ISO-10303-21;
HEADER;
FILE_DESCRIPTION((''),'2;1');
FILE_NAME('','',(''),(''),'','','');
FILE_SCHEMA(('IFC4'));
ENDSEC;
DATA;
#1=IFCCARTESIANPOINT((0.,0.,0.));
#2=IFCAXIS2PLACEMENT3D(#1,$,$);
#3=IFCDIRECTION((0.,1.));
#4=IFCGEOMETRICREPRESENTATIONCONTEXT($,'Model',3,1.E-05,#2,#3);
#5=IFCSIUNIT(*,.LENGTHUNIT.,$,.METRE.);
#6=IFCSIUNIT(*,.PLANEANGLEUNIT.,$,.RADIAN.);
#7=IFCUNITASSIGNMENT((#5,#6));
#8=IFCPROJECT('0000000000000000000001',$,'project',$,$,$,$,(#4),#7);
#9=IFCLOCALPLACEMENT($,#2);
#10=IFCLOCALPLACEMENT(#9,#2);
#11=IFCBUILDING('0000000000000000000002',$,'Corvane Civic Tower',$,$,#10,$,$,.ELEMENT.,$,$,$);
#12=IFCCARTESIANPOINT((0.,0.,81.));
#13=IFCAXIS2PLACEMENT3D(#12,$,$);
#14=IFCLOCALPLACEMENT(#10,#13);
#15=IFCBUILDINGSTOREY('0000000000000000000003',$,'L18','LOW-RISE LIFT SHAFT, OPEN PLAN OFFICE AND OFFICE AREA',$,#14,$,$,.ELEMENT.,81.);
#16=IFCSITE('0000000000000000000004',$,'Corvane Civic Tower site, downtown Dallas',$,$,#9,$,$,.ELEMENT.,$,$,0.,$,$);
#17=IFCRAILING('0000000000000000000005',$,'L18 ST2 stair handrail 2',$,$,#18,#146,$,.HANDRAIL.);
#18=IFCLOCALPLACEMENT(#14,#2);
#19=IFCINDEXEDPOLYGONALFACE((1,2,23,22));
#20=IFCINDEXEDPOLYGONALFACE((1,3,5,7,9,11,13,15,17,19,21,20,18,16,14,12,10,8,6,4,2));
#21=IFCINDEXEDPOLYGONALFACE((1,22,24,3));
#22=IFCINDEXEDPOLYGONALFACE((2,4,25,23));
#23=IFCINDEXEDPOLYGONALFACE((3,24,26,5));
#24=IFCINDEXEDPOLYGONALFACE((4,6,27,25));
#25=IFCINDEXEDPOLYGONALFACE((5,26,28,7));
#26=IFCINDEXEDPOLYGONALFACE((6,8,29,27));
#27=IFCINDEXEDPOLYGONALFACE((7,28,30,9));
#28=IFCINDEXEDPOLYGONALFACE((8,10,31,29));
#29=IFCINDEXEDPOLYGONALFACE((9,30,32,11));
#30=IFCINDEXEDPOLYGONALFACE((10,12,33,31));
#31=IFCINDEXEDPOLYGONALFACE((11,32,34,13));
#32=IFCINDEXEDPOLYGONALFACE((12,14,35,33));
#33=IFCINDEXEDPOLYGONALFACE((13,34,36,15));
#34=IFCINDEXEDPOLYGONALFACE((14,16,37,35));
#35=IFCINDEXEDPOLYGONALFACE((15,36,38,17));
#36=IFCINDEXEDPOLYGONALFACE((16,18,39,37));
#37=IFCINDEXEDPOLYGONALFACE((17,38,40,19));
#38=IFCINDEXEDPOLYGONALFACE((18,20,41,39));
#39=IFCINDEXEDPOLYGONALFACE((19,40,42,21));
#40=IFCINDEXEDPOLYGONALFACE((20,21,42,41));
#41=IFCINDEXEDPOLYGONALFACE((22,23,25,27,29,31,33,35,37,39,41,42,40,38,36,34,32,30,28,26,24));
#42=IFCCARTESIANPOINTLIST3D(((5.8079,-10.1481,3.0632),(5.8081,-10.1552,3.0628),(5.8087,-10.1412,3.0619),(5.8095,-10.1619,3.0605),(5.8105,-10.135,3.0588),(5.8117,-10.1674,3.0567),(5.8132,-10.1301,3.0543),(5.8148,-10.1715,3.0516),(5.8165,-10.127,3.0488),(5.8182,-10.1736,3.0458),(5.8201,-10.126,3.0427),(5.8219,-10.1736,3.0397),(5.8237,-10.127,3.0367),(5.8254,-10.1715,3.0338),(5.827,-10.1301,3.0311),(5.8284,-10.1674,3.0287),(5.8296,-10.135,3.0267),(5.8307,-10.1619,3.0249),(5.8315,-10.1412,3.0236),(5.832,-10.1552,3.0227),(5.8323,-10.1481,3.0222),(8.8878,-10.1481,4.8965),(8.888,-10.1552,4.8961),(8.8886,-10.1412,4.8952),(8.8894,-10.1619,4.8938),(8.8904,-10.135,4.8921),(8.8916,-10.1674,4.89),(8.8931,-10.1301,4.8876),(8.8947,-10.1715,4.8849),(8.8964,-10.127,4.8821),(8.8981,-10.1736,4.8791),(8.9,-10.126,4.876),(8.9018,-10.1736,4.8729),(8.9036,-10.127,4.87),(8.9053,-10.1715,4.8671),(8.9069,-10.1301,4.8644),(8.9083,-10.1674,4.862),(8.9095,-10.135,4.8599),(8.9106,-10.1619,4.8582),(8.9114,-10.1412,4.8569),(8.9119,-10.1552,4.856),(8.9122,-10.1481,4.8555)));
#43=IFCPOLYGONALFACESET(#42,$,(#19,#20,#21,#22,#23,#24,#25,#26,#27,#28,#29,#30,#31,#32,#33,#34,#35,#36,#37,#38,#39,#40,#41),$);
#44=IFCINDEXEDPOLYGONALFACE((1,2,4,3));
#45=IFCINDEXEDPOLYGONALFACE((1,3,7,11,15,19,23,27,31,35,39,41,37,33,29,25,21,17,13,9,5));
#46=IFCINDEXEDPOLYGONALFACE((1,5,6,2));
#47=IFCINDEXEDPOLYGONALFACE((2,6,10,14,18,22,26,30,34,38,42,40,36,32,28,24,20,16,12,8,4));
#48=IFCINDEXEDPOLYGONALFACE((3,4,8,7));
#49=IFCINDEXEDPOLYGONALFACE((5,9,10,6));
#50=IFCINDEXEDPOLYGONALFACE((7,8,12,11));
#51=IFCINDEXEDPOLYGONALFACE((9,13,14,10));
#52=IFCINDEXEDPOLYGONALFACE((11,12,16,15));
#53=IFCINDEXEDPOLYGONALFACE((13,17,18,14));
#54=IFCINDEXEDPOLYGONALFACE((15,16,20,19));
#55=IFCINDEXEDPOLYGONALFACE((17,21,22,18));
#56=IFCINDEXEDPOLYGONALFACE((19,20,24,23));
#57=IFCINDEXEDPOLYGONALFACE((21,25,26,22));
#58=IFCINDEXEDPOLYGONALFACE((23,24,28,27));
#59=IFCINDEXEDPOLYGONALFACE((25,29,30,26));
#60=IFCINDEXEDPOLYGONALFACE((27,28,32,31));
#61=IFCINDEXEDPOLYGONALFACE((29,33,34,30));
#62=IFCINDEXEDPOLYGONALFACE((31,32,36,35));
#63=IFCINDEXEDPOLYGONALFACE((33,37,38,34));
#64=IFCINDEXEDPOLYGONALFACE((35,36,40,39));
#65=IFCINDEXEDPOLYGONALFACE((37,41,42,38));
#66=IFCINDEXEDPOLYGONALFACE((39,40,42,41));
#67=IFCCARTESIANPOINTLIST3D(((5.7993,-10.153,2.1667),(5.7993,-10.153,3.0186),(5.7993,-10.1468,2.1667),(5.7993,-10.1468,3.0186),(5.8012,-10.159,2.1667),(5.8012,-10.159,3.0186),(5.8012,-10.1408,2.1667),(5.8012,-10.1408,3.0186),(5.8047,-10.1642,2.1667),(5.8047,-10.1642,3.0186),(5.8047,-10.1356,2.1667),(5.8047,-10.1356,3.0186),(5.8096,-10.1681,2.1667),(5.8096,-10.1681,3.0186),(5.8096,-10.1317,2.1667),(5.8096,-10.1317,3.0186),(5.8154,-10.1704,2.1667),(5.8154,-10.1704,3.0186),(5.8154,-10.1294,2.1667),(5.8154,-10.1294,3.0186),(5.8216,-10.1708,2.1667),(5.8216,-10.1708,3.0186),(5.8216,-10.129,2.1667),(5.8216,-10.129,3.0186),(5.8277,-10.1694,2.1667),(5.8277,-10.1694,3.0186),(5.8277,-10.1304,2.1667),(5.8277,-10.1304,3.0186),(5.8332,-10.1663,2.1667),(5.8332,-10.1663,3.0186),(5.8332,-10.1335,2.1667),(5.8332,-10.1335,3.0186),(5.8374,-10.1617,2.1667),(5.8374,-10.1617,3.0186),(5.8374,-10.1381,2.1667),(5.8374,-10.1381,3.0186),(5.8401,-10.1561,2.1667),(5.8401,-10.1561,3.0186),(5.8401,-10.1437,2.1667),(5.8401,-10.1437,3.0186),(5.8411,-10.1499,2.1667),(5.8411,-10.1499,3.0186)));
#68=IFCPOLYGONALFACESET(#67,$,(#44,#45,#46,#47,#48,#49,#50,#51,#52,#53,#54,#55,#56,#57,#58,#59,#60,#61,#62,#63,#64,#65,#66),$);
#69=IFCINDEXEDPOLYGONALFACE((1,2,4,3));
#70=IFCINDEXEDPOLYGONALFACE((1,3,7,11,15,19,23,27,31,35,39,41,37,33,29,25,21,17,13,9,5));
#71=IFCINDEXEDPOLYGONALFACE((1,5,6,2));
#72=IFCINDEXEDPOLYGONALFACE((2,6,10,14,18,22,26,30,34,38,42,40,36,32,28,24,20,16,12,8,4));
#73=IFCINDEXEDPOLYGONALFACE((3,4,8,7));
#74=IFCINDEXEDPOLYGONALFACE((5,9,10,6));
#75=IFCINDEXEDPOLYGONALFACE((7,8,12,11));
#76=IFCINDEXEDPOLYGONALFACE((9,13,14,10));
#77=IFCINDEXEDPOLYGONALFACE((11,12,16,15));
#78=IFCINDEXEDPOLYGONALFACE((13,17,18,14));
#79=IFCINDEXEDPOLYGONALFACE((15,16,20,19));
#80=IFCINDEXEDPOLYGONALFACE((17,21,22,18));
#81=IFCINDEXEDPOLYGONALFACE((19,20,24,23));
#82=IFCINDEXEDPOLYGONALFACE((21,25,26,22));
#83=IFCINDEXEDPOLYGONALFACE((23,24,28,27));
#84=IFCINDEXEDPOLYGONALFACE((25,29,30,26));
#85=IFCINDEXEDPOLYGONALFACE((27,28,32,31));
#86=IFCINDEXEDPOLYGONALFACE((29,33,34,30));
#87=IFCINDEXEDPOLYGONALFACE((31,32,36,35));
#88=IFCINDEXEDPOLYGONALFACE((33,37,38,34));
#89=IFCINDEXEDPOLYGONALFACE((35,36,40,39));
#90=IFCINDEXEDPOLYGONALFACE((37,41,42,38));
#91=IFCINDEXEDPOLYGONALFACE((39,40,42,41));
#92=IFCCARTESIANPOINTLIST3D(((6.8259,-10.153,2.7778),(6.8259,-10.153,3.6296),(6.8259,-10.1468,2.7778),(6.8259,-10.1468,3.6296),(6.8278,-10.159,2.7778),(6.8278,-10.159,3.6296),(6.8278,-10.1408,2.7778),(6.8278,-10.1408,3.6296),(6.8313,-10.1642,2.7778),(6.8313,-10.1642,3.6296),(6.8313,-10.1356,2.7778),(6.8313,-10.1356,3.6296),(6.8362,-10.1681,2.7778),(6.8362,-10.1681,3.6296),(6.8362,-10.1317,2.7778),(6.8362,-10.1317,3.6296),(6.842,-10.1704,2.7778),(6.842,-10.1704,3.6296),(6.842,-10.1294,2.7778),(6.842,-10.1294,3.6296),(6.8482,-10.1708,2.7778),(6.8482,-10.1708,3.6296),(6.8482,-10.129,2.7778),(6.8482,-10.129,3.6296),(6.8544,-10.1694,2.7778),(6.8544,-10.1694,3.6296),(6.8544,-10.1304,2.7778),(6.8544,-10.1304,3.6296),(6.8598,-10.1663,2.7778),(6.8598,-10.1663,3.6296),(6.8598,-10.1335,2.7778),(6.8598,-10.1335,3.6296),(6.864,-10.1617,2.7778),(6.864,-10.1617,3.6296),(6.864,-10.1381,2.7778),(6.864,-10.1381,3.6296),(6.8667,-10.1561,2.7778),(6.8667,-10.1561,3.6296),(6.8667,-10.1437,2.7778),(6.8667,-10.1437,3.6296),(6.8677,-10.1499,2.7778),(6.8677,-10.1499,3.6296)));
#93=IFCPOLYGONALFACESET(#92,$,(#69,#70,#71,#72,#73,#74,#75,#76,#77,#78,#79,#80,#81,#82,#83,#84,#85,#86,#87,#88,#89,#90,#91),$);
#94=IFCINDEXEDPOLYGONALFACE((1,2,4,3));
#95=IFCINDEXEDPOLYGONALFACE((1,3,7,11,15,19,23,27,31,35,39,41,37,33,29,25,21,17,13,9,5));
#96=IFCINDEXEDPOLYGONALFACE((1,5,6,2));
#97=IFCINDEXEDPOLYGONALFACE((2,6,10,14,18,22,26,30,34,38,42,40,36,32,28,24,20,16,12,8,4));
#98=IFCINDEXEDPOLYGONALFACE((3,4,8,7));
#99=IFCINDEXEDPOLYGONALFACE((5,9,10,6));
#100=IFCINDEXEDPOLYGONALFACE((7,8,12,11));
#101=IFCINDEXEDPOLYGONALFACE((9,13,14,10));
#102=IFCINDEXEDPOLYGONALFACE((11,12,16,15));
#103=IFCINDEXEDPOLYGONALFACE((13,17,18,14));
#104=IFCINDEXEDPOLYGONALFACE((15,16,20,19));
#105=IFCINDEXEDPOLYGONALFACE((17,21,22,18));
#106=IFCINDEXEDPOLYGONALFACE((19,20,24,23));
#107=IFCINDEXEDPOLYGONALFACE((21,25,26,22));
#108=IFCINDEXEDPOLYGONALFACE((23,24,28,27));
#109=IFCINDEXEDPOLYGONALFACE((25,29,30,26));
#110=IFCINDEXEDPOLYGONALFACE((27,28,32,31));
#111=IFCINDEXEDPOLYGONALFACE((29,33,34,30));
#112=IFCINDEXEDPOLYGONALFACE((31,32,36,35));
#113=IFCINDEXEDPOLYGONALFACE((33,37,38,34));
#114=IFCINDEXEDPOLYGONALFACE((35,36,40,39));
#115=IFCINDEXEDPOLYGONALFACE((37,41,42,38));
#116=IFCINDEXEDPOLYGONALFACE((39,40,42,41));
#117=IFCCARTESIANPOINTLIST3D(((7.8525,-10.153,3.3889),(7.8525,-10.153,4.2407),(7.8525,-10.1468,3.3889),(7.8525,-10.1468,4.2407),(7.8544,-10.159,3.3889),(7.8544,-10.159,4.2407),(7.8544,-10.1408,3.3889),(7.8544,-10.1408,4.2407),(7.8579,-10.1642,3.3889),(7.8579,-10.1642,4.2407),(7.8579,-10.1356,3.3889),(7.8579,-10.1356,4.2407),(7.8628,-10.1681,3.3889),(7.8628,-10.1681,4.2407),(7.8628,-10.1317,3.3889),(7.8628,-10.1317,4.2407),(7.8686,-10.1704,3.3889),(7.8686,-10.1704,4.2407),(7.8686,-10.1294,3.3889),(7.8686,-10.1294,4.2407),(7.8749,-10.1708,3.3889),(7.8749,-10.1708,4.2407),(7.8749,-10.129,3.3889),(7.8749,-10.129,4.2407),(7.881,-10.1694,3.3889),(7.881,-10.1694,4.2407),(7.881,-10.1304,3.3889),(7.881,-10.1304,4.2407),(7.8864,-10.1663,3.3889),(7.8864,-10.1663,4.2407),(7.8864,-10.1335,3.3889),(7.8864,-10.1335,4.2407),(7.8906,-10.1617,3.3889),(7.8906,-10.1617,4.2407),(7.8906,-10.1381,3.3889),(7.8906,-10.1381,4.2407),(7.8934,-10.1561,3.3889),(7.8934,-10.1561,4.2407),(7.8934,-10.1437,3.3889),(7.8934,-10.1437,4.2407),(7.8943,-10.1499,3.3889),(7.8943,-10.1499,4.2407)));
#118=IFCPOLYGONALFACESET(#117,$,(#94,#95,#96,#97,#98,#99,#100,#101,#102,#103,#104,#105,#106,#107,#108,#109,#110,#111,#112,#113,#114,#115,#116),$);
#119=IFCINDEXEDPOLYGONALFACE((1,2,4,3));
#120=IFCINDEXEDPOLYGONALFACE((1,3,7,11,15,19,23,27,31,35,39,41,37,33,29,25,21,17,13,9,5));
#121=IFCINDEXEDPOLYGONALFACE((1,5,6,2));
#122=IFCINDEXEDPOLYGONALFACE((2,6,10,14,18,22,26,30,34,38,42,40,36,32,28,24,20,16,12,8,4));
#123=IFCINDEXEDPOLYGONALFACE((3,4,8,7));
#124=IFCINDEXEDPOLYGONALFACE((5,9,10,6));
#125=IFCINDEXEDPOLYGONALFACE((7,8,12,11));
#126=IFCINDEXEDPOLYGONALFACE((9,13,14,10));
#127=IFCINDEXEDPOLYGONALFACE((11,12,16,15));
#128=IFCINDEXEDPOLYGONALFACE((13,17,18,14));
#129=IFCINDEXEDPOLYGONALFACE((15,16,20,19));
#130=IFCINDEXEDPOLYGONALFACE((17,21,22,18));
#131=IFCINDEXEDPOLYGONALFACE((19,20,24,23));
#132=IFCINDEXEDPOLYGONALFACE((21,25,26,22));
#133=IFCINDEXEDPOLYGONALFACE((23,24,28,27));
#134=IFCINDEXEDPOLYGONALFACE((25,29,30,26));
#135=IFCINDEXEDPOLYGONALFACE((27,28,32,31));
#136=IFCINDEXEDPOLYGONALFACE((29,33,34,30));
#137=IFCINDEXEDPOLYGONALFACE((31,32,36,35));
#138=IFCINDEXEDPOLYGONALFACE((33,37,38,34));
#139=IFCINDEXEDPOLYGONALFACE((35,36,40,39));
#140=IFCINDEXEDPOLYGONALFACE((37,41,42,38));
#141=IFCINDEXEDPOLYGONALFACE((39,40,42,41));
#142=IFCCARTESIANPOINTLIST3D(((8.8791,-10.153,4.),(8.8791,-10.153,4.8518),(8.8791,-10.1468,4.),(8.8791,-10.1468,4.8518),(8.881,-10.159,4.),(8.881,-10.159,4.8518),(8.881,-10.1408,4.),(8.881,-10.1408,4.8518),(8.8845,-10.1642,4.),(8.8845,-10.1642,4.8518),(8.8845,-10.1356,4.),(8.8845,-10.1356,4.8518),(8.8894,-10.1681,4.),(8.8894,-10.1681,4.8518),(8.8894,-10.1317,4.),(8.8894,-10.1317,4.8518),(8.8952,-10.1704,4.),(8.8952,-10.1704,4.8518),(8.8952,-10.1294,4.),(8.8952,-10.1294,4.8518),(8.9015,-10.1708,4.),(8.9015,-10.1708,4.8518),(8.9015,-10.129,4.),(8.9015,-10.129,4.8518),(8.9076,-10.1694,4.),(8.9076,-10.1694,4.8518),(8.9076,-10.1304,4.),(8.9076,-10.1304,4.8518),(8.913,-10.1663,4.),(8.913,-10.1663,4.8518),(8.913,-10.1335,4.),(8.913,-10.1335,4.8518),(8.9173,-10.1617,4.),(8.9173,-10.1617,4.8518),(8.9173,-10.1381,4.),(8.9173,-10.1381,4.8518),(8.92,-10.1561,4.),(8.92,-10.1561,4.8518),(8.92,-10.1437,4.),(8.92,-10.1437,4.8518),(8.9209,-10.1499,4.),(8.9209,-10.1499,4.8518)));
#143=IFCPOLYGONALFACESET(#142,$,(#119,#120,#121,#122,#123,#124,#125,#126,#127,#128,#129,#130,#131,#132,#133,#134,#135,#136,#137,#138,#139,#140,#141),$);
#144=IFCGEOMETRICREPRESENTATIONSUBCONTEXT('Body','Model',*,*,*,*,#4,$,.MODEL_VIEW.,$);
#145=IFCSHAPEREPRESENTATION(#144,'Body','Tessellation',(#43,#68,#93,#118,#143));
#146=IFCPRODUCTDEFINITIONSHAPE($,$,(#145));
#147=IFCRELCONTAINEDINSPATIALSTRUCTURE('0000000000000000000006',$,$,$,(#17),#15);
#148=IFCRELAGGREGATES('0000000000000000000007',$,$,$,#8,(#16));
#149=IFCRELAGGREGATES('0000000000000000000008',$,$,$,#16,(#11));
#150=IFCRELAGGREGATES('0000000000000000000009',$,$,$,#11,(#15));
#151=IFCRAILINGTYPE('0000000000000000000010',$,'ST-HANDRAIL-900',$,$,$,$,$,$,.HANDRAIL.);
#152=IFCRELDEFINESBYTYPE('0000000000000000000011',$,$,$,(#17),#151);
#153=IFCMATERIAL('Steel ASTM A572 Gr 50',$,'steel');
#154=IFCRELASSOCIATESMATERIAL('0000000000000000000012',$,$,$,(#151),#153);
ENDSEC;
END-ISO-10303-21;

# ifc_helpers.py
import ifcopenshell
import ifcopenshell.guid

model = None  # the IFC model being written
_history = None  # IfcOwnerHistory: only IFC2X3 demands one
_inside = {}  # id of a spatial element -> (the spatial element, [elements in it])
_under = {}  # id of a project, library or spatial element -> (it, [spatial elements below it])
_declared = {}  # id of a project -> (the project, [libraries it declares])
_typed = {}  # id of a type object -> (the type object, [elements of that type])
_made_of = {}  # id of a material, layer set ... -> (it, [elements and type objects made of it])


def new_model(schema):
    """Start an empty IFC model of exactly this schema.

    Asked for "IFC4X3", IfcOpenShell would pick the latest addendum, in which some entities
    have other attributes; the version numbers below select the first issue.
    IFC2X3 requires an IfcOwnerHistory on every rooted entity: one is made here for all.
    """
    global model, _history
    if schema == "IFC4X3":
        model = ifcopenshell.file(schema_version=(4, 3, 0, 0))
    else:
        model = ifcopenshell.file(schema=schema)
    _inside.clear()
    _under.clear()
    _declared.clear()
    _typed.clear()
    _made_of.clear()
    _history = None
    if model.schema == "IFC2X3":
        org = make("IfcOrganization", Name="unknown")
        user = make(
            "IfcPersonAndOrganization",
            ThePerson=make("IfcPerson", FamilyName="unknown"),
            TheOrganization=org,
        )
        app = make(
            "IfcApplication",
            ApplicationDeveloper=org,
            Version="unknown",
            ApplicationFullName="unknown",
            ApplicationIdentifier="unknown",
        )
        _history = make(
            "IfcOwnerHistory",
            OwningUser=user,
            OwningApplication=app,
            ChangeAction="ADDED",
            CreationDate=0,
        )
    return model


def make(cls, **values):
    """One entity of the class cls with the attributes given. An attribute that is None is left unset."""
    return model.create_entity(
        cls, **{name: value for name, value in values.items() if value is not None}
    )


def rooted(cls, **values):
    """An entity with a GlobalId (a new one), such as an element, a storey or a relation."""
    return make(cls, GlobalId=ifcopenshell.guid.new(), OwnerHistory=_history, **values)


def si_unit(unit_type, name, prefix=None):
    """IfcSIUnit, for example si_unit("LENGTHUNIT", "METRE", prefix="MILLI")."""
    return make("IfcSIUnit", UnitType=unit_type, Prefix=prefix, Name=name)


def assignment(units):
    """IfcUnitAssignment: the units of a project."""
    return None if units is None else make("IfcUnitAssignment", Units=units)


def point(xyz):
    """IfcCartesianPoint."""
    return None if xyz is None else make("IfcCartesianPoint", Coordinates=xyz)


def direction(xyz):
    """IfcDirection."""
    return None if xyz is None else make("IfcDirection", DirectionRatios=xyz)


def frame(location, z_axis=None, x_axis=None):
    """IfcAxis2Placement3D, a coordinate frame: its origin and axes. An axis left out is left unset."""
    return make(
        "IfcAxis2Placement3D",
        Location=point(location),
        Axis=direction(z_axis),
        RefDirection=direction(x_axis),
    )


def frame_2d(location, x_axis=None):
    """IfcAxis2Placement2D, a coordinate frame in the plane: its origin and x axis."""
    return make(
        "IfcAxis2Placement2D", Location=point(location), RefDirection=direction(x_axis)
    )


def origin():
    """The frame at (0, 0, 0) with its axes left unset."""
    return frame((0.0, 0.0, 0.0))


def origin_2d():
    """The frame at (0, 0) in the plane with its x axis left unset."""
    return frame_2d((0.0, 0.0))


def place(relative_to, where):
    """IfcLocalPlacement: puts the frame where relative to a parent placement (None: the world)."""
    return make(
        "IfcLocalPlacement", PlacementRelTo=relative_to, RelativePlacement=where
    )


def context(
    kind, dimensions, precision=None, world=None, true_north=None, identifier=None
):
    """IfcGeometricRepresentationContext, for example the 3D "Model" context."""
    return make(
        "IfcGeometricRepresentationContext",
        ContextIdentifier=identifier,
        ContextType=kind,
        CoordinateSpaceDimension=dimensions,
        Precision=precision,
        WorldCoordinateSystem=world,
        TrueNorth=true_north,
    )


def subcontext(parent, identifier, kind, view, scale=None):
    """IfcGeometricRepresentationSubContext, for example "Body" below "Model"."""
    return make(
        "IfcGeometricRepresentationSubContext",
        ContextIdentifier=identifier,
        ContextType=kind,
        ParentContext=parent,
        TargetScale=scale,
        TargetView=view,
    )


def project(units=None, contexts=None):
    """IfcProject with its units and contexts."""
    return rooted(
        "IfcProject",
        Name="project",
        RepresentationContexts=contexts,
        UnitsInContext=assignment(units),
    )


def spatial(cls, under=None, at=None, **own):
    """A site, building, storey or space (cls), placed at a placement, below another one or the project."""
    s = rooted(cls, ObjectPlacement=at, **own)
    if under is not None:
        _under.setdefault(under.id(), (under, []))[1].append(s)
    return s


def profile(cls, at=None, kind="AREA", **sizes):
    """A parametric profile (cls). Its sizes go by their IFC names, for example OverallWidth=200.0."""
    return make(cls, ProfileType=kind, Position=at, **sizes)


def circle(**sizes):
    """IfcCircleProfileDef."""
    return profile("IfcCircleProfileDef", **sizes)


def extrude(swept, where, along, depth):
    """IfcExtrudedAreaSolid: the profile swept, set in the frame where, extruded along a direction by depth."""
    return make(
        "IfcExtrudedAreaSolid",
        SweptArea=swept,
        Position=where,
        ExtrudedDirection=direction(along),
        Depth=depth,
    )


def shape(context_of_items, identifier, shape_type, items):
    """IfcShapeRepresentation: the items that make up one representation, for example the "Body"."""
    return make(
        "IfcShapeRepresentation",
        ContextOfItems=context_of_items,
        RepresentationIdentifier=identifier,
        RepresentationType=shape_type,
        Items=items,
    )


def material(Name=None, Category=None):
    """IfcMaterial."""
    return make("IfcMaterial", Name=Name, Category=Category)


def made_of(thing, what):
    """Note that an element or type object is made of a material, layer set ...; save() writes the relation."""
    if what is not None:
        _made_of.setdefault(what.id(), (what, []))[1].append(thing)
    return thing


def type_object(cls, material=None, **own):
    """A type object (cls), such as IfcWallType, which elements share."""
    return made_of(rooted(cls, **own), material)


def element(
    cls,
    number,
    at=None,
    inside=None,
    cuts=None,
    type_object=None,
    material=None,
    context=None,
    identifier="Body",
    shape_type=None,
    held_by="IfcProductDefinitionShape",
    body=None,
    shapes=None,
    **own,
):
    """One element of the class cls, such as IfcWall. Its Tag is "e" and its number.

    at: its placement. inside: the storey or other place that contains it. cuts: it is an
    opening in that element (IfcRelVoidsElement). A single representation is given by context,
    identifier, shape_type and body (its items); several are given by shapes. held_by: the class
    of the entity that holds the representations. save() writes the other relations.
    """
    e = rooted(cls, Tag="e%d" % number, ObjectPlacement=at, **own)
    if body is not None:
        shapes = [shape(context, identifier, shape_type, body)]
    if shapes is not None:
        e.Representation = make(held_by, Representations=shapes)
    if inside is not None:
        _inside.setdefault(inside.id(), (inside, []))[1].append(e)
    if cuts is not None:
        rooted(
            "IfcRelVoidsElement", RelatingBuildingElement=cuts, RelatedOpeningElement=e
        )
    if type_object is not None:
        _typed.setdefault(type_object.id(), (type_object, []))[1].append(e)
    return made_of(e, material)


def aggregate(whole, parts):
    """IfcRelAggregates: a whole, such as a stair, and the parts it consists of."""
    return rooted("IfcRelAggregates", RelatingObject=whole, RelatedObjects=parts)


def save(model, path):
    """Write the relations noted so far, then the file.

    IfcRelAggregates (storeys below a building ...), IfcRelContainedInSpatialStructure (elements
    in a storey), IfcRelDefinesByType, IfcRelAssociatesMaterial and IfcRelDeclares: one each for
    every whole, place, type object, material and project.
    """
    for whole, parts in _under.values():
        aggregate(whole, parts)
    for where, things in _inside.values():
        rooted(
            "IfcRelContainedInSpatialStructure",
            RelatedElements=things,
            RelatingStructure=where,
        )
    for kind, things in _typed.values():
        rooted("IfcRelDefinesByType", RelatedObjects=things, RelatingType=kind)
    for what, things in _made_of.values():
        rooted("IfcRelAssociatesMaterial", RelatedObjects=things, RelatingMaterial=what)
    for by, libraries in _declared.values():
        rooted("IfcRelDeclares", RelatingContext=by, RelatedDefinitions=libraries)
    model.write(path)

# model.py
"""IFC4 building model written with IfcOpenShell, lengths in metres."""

from ifc_helpers import new_model, si_unit, direction, frame, origin, origin_2d, place, context, subcontext, project, spatial, circle, extrude, material, type_object, element, save


model = new_model("IFC4")

# Units and contexts
model_context = context("Model", 3, precision=1e-05, world=origin(), true_north=direction((0.0, 1.0)))
body_context = subcontext(model_context, "Body", "Model", "MODEL_VIEW")
ifc_project = project(units=[si_unit("LENGTHUNIT", "METRE"), si_unit("PLANEANGLEUNIT", "RADIAN")], contexts=[model_context])

# Site, building, storey
site_placement = place(None, origin())
site = spatial("IfcSite", under=ifc_project, at=site_placement, Name="Corvane Civic Tower site, downtown Dallas", CompositionType="ELEMENT", RefElevation=0.0)
building_placement = place(site_placement, origin())
building = spatial("IfcBuilding", under=site, at=building_placement, Name="Corvane Civic Tower", CompositionType="ELEMENT")
storey_placement = place(building_placement, frame((0.0, 0.0, 81.0)))
storey = spatial("IfcBuildingStorey", under=building, at=storey_placement, Name="L18", Description="LOW-RISE LIFT SHAFT, OPEN PLAN OFFICE AND OFFICE AREA", CompositionType="ELEMENT", Elevation=81.0)

# Railing
ifc_material_1 = material(Name="Steel ASTM A572 Gr 50", Category="steel")
railing_type_1 = type_object("IfcRailingType", Name="ST-HANDRAIL-900", PredefinedType="HANDRAIL", material=ifc_material_1)
railing_1_placement = place(storey_placement, frame((5.8201, -10.1499, 2.1667)))
element("IfcRailing", 1, at=railing_1_placement, inside=storey, type_object=railing_type_1, Name="L18 ST2 stair handrail 2", PredefinedType="HANDRAIL", context=body_context, shape_type="SweptSolid", body=[
    extrude(circle(Radius=0.0239, at=origin_2d()), frame((0.0, 0.0, 0.876), z_axis=(0.859291, 0.0, 0.511487), x_axis=(0.0, 1.0, 0.0)), (0.0, 0.0, 1.0), 3.5842),
    extrude(circle(Radius=0.021, at=origin_2d()), origin(), (0.0, 0.0, 1.0), 0.8518),
    extrude(circle(Radius=0.021, at=origin_2d()), frame((1.0266, 0.0, 0.6111)), (0.0, 0.0, 1.0), 0.8518),
    extrude(circle(Radius=0.021, at=origin_2d()), frame((2.0532, 0.0, 1.2222)), (0.0, 0.0, 1.0), 0.8518),
    extrude(circle(Radius=0.021, at=origin_2d()), frame((3.0798, 0.0, 1.8333)), (0.0, 0.0, 1.0), 0.8518),
])

save(model, "model.ifc")
